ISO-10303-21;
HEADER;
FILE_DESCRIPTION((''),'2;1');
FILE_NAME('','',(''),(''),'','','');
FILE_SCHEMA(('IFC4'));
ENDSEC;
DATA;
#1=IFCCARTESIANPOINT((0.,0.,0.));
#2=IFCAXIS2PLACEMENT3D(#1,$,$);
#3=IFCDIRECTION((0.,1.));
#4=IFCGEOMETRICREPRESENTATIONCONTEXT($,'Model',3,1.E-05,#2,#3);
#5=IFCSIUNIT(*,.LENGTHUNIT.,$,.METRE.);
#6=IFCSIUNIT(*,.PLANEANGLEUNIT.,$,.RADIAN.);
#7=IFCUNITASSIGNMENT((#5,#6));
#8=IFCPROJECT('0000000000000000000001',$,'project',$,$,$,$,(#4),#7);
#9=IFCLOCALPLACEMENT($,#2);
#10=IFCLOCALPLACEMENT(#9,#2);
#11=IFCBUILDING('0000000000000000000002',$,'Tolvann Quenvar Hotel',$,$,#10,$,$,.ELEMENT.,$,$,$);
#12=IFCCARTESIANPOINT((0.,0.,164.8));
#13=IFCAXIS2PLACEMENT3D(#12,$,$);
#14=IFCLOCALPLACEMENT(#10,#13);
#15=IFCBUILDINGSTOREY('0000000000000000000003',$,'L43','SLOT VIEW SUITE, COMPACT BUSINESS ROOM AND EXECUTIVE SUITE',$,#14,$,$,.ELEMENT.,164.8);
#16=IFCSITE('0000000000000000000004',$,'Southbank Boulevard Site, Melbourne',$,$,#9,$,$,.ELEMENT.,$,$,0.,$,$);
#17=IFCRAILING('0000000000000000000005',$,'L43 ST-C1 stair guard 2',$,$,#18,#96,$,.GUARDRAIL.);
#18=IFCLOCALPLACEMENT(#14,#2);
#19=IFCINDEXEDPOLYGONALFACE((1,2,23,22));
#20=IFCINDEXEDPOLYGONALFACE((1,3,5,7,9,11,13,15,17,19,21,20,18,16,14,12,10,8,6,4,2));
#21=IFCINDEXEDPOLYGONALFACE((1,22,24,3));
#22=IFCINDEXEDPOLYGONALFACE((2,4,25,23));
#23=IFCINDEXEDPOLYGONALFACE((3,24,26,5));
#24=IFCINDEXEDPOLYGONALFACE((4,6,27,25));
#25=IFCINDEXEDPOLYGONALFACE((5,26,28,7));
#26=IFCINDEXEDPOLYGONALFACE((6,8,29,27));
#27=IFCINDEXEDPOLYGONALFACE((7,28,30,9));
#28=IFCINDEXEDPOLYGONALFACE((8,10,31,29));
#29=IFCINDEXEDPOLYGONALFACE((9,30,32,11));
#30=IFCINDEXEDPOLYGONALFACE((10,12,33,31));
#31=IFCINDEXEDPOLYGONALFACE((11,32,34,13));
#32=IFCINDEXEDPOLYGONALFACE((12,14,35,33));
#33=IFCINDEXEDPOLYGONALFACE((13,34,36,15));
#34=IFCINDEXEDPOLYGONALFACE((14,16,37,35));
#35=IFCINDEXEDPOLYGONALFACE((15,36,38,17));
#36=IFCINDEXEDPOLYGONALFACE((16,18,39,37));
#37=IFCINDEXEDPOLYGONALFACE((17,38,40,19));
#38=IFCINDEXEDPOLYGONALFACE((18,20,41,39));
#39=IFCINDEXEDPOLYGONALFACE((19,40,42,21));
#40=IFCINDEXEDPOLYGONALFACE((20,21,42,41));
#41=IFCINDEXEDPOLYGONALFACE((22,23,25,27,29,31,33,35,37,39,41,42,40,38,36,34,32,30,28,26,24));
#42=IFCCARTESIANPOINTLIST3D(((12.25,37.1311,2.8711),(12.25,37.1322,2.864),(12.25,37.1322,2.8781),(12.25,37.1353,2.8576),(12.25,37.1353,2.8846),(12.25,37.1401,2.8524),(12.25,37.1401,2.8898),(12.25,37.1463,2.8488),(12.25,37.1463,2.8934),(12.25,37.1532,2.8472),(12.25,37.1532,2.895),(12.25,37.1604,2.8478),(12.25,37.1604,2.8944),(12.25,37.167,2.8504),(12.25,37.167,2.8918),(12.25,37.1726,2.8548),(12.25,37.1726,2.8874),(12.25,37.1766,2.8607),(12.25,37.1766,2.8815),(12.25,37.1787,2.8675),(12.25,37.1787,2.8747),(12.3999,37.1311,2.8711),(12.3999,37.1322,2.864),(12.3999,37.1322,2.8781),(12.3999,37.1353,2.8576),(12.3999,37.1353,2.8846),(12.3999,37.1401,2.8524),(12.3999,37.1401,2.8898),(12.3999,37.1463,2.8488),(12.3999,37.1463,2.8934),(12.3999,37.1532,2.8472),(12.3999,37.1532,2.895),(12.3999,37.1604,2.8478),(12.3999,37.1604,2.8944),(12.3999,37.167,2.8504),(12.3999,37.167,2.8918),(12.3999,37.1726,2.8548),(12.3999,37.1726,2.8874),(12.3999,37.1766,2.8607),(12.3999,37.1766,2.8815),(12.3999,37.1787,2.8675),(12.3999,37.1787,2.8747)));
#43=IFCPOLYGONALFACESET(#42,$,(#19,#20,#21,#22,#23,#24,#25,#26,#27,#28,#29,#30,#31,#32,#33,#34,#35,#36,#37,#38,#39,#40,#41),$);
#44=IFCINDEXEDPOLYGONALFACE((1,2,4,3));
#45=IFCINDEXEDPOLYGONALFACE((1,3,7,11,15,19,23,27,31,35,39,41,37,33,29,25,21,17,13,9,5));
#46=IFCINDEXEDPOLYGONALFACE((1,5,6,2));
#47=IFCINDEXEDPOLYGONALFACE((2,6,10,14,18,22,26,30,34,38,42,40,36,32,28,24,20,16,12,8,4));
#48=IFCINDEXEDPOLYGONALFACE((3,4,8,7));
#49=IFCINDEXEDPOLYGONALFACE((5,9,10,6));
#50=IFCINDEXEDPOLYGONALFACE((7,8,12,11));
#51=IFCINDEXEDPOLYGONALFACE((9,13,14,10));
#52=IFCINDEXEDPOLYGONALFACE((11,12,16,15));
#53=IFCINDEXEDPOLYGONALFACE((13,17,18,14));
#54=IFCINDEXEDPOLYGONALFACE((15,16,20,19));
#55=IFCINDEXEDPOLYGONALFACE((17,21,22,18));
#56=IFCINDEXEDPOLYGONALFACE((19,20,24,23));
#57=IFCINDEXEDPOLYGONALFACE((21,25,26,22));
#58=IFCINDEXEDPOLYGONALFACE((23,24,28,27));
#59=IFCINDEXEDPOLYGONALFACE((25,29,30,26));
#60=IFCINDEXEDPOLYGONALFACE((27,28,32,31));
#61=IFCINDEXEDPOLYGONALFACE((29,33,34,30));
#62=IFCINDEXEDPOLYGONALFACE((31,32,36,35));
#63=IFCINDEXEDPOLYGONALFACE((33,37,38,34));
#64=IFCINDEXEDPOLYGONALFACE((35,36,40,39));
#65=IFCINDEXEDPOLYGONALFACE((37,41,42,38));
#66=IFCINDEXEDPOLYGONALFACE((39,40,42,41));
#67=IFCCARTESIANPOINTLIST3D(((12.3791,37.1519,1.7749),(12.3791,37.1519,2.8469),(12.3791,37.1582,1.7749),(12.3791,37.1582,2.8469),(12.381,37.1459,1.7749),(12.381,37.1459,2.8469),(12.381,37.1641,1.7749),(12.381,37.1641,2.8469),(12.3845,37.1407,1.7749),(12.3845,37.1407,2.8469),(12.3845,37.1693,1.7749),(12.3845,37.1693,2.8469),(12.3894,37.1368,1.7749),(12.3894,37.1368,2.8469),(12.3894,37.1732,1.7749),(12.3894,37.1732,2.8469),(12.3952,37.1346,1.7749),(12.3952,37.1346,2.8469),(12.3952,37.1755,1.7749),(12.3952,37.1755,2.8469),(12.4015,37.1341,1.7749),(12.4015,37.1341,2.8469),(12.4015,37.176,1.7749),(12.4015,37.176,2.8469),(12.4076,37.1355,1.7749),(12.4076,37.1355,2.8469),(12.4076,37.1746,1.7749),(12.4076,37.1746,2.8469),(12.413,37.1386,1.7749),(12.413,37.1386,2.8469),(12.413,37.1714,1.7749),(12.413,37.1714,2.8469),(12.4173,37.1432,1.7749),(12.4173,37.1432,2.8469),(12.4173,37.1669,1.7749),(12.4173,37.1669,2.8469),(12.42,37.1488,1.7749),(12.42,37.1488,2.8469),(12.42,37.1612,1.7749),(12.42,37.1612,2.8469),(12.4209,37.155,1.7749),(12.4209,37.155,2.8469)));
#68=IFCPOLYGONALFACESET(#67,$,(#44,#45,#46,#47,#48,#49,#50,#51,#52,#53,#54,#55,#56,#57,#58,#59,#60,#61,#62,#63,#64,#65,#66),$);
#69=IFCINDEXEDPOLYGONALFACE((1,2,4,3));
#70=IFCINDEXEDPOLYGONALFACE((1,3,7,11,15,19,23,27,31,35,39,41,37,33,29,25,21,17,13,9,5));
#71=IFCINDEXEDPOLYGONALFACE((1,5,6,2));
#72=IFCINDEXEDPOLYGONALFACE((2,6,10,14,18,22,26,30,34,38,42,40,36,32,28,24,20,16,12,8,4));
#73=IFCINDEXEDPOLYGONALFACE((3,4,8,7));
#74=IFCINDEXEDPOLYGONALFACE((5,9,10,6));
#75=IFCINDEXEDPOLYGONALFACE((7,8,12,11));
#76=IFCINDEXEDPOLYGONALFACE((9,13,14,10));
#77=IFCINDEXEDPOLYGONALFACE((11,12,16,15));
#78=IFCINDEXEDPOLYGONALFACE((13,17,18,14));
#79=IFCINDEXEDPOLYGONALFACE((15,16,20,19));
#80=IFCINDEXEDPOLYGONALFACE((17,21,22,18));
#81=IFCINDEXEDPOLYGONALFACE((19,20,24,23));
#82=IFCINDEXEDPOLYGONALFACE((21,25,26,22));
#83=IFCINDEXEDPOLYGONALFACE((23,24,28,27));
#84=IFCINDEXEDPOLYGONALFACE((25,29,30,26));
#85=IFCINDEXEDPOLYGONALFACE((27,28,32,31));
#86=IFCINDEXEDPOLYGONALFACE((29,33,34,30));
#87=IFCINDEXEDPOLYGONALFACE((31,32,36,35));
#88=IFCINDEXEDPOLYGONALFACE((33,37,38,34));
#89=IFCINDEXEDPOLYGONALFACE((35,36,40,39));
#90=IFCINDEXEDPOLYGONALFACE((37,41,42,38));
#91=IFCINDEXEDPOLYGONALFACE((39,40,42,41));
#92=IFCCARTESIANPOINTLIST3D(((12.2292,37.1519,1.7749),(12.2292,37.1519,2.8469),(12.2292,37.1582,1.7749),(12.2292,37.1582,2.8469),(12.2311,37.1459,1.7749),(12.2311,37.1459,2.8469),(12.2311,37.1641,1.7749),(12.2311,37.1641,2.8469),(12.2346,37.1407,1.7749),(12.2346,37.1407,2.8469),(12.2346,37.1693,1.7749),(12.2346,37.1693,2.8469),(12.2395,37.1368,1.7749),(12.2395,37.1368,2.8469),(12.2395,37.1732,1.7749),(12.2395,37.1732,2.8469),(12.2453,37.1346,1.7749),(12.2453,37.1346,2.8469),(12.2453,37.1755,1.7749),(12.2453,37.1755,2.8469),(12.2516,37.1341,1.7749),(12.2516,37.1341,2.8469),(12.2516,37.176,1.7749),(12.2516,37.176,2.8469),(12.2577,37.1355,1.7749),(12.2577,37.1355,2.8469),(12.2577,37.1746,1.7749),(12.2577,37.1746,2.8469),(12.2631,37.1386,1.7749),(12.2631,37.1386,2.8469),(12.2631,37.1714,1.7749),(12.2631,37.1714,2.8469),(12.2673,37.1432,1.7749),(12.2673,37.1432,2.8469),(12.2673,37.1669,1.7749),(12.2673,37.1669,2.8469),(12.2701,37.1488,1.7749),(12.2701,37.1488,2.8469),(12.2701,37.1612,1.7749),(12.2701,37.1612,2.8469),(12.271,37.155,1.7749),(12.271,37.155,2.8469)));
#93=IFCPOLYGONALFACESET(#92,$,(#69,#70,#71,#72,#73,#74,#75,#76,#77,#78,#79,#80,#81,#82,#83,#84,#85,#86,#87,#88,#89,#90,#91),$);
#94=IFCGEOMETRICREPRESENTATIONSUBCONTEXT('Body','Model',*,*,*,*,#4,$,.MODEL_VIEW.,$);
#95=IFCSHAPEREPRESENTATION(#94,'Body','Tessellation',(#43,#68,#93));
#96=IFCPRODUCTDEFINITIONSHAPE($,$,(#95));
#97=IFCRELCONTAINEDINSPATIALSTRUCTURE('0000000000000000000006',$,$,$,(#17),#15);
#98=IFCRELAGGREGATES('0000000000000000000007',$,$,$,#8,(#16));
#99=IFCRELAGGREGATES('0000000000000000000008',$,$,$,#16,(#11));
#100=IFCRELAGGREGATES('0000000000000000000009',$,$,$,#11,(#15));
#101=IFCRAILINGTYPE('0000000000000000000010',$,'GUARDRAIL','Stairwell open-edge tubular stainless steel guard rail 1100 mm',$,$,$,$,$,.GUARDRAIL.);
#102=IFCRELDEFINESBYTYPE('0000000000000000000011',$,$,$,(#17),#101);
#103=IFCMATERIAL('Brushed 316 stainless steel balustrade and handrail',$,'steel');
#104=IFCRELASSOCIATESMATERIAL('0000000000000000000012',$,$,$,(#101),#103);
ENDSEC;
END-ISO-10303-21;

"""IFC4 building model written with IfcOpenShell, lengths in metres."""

from ifc_helpers import new_model, si_unit, direction, frame, origin, origin_2d, place, context, subcontext, project, spatial, circle, extrude, material, type_object, element, save


model = new_model("IFC4")

# Units and contexts
model_context = context("Model", 3, precision=1e-05, world=origin(), true_north=direction((0.0, 1.0)))
body_context = subcontext(model_context, "Body", "Model", "MODEL_VIEW")
ifc_project = project(units=[si_unit("LENGTHUNIT", "METRE"), si_unit("PLANEANGLEUNIT", "RADIAN")], contexts=[model_context])

# Site, building, storey
site_placement = place(None, origin())
site = spatial("IfcSite", under=ifc_project, at=site_placement, Name="Southbank Boulevard Site, Melbourne", CompositionType="ELEMENT", RefElevation=0.0)
building_placement = place(site_placement, origin())
building = spatial("IfcBuilding", under=site, at=building_placement, Name="Tolvann Quenvar Hotel", CompositionType="ELEMENT")
storey_placement = place(building_placement, frame((0.0, 0.0, 164.8)))
storey = spatial("IfcBuildingStorey", under=building, at=storey_placement, Name="L43", Description="SLOT VIEW SUITE, COMPACT BUSINESS ROOM AND EXECUTIVE SUITE", CompositionType="ELEMENT", Elevation=164.8)

# Railing
ifc_material_1 = material(Name="Brushed 316 stainless steel balustrade and handrail", Category="steel")
railing_type = type_object("IfcRailingType", Name="GUARDRAIL", Description="Stairwell open-edge tubular stainless steel guard rail 1100 mm", PredefinedType="GUARDRAIL", material=ifc_material_1)
railing_placement = place(storey_placement, frame((12.3999, 37.155, 1.7749)))
element("IfcRailing", 1, at=railing_placement, inside=storey, type_object=railing_type, Name="L43 ST-C1 stair guard 2", PredefinedType="GUARDRAIL", context=body_context, shape_type="SweptSolid", body=[
    extrude(circle(Radius=0.0239, at=origin_2d()), frame((0.0, 0.0, 1.0962), z_axis=(-1.0, 0.0, 0.0), x_axis=(0.0, -1.0, 0.0)), (0.0, 0.0, 1.0), 0.1499),
    extrude(circle(Radius=0.021, at=origin_2d()), origin(), (0.0, 0.0, 1.0), 1.072),
    extrude(circle(Radius=0.021, at=origin_2d()), frame((-0.1499, 0.0, 0.0)), (0.0, 0.0, 1.0), 1.072),
])

save(model, "model.ifc")
